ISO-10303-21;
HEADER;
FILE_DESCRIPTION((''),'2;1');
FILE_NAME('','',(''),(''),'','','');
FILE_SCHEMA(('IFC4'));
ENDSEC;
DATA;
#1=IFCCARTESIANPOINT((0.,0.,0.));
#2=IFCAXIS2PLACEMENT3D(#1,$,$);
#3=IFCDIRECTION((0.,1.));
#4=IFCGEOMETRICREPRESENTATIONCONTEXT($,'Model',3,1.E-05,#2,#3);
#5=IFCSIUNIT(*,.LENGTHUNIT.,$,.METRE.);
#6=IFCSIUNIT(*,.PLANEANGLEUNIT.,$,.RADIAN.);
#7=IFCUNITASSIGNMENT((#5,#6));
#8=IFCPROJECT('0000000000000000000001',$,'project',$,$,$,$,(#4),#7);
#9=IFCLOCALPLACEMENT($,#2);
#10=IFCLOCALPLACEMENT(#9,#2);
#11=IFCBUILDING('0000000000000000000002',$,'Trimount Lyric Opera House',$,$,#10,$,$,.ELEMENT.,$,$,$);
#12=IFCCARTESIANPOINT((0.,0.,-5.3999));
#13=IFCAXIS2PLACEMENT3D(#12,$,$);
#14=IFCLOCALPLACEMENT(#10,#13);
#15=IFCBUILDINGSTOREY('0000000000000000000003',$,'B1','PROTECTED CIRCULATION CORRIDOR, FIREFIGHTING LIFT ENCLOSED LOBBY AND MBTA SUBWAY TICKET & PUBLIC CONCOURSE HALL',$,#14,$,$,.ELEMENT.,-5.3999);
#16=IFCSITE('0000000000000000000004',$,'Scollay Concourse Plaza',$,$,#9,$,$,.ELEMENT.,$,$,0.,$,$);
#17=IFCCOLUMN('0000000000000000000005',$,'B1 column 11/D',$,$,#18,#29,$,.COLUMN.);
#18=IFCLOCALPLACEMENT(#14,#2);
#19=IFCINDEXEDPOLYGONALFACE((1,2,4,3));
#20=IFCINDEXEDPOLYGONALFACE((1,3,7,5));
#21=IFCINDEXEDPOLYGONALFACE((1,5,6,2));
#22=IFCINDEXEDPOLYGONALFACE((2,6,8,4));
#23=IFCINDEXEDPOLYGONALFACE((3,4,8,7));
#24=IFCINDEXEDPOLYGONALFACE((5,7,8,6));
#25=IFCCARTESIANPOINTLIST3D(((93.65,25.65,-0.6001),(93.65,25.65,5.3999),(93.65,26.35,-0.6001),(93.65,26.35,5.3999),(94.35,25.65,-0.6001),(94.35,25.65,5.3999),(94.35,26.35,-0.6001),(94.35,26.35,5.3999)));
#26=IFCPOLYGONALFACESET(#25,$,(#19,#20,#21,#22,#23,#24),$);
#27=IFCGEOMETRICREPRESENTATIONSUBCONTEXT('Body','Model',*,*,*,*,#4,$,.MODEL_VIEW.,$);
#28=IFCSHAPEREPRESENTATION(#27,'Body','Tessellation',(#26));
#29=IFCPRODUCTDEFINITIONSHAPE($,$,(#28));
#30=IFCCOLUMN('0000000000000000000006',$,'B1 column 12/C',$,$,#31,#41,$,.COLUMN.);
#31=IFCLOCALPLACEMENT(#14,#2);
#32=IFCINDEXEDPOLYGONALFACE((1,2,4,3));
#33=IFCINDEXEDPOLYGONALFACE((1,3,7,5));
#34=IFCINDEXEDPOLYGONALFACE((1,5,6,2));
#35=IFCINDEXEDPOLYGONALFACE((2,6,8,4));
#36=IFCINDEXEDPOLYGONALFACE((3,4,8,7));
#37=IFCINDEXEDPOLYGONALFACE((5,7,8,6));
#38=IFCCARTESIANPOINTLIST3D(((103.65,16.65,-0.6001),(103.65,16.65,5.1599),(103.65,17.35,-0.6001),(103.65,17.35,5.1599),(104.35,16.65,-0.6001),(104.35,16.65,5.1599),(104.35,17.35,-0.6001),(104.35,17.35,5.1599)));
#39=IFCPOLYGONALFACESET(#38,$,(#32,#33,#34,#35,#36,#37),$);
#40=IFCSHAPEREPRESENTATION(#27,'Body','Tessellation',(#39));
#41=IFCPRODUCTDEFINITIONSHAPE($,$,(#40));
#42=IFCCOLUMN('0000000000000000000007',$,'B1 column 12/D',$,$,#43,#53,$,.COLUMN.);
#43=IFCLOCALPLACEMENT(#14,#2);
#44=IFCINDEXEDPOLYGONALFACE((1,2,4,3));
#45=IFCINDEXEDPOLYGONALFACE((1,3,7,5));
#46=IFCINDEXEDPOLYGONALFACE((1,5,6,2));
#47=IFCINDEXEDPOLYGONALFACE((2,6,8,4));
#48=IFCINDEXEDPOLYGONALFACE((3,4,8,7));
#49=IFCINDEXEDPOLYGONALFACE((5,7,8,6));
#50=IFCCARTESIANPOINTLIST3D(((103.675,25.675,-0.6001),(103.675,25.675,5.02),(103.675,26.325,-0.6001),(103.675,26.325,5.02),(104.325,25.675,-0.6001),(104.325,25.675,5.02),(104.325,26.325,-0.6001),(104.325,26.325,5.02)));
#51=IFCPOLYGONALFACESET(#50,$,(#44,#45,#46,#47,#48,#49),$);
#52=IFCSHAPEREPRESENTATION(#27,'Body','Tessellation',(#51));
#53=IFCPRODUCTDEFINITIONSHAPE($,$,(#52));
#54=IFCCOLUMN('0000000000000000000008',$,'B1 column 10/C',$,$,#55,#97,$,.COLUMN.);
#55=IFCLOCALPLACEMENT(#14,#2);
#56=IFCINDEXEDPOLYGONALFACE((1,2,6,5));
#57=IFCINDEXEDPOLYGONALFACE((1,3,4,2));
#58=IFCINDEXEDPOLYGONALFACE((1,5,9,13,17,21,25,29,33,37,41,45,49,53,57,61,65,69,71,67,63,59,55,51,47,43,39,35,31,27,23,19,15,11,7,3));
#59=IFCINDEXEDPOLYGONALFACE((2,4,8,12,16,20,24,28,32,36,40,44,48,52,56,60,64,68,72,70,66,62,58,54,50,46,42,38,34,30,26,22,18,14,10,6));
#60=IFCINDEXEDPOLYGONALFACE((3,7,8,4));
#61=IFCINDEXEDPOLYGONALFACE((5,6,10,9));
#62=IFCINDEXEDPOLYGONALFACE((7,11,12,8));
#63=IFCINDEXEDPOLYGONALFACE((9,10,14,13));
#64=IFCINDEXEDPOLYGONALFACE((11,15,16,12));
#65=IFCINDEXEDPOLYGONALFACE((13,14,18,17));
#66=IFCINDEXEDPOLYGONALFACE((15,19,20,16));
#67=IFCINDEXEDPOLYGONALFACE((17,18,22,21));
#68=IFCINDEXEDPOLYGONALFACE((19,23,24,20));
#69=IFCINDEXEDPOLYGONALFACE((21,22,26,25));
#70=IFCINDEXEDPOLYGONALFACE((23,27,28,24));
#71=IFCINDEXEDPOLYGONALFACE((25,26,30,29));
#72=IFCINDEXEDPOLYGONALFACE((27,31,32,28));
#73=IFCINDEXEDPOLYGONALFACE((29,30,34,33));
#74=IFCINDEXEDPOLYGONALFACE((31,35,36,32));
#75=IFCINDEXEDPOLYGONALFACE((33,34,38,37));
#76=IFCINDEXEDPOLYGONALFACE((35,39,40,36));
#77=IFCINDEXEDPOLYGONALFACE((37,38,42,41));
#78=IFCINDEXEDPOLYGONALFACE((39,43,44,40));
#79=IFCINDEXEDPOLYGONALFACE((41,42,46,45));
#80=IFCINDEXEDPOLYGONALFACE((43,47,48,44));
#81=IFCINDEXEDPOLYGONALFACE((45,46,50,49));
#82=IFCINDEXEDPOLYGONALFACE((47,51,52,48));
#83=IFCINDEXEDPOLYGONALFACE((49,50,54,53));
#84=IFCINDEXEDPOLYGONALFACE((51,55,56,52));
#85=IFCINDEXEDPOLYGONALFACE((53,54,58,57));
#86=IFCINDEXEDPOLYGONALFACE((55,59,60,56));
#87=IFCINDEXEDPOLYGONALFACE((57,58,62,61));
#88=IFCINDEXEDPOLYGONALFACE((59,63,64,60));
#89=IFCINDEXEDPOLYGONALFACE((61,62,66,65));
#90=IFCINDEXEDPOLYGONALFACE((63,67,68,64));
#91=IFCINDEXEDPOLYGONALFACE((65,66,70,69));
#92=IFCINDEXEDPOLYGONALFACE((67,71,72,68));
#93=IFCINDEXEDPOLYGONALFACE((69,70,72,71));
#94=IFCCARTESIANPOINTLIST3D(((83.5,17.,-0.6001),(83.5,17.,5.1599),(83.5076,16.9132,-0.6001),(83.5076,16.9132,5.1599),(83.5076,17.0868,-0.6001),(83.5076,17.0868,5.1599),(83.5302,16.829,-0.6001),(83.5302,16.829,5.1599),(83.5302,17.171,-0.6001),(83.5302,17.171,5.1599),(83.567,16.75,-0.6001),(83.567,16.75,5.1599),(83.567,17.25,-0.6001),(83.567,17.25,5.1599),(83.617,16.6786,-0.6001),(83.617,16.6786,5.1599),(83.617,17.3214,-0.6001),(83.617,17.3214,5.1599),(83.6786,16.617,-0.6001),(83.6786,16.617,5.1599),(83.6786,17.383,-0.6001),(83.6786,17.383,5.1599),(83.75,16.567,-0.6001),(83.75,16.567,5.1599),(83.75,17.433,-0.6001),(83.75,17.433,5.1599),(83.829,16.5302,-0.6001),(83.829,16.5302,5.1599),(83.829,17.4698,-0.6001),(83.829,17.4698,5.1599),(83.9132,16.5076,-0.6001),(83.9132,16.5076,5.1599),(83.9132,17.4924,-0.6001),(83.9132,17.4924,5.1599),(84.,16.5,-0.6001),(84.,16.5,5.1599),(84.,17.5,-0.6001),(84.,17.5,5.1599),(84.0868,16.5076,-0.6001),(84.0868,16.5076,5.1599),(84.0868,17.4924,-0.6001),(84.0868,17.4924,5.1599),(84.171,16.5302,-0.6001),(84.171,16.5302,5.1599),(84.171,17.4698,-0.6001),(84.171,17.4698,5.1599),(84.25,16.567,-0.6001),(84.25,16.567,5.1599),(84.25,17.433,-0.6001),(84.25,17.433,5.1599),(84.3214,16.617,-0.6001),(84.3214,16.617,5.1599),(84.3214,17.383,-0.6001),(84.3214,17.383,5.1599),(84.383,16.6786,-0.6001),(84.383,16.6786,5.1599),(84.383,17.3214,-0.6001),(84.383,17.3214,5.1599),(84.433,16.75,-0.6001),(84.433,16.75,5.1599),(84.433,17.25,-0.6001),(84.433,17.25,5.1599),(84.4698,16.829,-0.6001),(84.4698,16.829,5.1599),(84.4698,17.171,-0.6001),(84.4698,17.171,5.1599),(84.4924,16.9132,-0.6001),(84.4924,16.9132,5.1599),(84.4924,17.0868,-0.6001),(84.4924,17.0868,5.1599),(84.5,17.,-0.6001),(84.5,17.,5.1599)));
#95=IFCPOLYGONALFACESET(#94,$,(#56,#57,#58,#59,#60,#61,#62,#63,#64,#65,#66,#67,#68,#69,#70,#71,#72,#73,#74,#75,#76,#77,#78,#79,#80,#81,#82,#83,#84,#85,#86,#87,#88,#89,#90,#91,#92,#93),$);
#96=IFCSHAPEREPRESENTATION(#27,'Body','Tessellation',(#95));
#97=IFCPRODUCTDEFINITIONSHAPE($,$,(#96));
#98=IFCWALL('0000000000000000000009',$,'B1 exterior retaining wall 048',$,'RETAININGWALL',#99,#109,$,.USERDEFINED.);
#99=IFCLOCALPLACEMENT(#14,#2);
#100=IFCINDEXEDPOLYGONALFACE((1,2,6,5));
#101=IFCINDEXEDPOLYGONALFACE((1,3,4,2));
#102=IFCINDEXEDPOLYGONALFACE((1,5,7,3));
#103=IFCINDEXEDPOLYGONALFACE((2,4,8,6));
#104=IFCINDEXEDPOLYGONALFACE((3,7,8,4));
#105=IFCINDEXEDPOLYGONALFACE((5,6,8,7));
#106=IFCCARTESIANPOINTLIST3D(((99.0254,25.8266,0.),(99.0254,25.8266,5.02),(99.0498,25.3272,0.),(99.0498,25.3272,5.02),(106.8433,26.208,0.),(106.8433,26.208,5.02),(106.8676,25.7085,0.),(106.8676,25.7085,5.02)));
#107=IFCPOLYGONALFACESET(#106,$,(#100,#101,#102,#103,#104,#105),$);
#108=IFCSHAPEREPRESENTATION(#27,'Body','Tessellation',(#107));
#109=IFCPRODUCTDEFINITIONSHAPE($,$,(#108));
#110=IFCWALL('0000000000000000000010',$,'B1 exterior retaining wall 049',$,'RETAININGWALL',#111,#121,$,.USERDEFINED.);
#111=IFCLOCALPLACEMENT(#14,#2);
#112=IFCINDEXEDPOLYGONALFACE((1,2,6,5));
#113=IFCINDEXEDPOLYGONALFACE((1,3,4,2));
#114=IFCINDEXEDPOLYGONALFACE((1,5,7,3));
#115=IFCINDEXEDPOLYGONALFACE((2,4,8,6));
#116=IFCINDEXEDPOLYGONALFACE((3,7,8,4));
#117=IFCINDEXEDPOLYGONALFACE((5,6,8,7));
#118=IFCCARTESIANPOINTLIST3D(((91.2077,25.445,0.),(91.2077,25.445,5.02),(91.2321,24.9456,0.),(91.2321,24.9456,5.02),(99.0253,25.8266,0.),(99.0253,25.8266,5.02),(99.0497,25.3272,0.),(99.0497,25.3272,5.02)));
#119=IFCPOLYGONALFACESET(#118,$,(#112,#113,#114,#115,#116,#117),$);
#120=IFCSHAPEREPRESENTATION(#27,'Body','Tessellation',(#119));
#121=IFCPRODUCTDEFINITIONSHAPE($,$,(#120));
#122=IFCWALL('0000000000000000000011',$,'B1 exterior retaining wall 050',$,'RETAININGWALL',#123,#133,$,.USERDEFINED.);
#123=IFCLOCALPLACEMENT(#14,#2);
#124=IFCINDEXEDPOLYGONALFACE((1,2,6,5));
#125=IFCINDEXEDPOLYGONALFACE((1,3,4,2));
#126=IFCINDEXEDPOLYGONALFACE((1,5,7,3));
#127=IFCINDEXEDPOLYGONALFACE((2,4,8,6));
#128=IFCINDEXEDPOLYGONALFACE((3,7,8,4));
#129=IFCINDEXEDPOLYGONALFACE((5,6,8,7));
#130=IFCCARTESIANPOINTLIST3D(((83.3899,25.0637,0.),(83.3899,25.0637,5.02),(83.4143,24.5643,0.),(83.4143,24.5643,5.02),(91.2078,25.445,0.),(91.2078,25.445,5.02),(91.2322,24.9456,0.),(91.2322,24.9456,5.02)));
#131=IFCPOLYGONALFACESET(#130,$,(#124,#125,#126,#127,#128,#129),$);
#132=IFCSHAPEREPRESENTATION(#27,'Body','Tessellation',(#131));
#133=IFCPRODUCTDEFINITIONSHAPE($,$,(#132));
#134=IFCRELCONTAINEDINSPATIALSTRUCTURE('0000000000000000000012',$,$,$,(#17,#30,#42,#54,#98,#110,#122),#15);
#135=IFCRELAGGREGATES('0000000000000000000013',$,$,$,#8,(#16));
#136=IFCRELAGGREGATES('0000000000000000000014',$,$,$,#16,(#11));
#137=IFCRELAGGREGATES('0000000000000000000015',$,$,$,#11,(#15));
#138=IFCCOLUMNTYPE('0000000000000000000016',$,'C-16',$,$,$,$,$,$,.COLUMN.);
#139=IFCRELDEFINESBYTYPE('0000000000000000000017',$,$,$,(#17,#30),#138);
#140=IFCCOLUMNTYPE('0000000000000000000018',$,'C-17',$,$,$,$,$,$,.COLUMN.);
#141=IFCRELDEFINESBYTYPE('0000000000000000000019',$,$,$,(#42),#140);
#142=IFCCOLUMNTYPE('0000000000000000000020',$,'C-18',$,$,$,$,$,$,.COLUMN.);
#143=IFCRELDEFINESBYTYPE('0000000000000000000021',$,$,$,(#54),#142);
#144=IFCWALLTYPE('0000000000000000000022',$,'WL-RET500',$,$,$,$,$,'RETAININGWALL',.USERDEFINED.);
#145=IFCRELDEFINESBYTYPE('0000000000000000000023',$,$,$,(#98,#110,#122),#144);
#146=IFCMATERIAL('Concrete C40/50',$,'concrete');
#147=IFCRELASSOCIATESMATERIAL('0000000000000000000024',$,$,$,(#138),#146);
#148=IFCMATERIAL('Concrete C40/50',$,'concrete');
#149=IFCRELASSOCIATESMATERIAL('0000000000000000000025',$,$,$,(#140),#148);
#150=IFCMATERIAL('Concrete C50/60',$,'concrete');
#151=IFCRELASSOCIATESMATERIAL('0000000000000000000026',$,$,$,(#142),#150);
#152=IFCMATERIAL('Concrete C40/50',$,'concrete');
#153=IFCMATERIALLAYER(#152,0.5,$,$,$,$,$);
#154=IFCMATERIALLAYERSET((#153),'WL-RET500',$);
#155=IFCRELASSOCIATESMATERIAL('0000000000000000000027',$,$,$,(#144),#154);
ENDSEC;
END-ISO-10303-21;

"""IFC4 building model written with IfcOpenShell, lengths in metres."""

from ifc_helpers import new_model, si_unit, direction, frame, frame_2d, origin, origin_2d, place, context, subcontext, project, spatial, rectangle, circle, extrude, material, layer, layer_set, material_profile, profile_set, type_object, element, save


model = new_model("IFC4")

# Units and contexts
model_context = context("Model", 3, precision=1e-05, world=origin(), true_north=direction((0.0, 1.0)))
body_context = subcontext(model_context, "Body", "Model", "MODEL_VIEW")
ifc_project = project(units=[si_unit("LENGTHUNIT", "METRE"), si_unit("PLANEANGLEUNIT", "RADIAN")], contexts=[model_context])

# Site, building, storey
site_placement = place(None, origin())
site = spatial("IfcSite", under=ifc_project, at=site_placement, Name="Scollay Concourse Plaza", CompositionType="ELEMENT", RefElevation=0.0)
building_placement = place(site_placement, origin())
building = spatial("IfcBuilding", under=site, at=building_placement, Name="Trimount Lyric Opera House", CompositionType="ELEMENT")
storey_placement = place(building_placement, frame((0.0, 0.0, -5.3999)))
storey = spatial("IfcBuildingStorey", under=building, at=storey_placement, Name="B1", Description="PROTECTED CIRCULATION CORRIDOR, FIREFIGHTING LIFT ENCLOSED LOBBY AND MBTA SUBWAY TICKET & PUBLIC CONCOURSE HALL", CompositionType="ELEMENT", Elevation=-5.3999)

# Columns
ifc_material_1 = material(Name="Concrete C40/50", Category="concrete")
ifc_material_profile_1 = material_profile(ifc_material_1, rectangle(XDim=0.7, YDim=0.7, at=origin_2d()), Name="RC700X700")
ifc_profile_set_1 = profile_set([ifc_material_profile_1], Name="Concrete C40/50")
column_type_1 = type_object("IfcColumnType", Name="C-16", PredefinedType="COLUMN", material=ifc_profile_set_1)
column_1_placement = place(storey_placement, frame((94.0, 26.0, -0.6001), z_axis=(0.0, 0.0, 1.0), x_axis=(1.0, 0.0, 0.0)))
element("IfcColumn", 1, at=column_1_placement, inside=storey, type_object=column_type_1, Name="B1 column 11/D", PredefinedType="COLUMN", context=body_context, shape_type="SweptSolid", body=[
    extrude(rectangle(XDim=0.7, YDim=0.7, at=origin_2d()), origin(), (0.0, 0.0, 1.0), 6.0),
])
column_2_placement = place(storey_placement, frame((104.0, 17.0, -0.6001), z_axis=(0.0, 0.0, 1.0), x_axis=(1.0, 0.0, 0.0)))
element("IfcColumn", 2, at=column_2_placement, inside=storey, type_object=column_type_1, Name="B1 column 12/C", PredefinedType="COLUMN", context=body_context, shape_type="SweptSolid", body=[
    extrude(rectangle(XDim=0.7, YDim=0.7, at=origin_2d()), origin(), (0.0, 0.0, 1.0), 5.76),
])
ifc_material_2 = material(Name="Concrete C40/50", Category="concrete")
ifc_material_profile_2 = material_profile(ifc_material_2, rectangle(XDim=0.6499, YDim=0.6499, at=origin_2d()), Name="RC650X650")
ifc_profile_set_2 = profile_set([ifc_material_profile_2], Name="Concrete C40/50")
column_type_2 = type_object("IfcColumnType", Name="C-17", PredefinedType="COLUMN", material=ifc_profile_set_2)
column_3_placement = place(storey_placement, frame((104.0, 26.0, -0.6001), z_axis=(0.0, 0.0, 1.0), x_axis=(1.0, 0.0, 0.0)))
element("IfcColumn", 3, at=column_3_placement, inside=storey, type_object=column_type_2, Name="B1 column 12/D", PredefinedType="COLUMN", context=body_context, shape_type="SweptSolid", body=[
    extrude(rectangle(XDim=0.6499, YDim=0.6499, at=origin_2d()), origin(), (0.0, 0.0, 1.0), 5.6201),
])
ifc_material_3 = material(Name="Concrete C50/60", Category="concrete")
ifc_material_profile_3 = material_profile(ifc_material_3, circle(Radius=0.5, at=origin_2d()), Name="RC-D1000")
ifc_profile_set_3 = profile_set([ifc_material_profile_3], Name="Concrete C50/60")
column_type_3 = type_object("IfcColumnType", Name="C-18", PredefinedType="COLUMN", material=ifc_profile_set_3)
column_4_placement = place(storey_placement, frame((84.0, 17.0, -0.6001), z_axis=(0.0, 0.0, 1.0), x_axis=(1.0, 0.0, 0.0)))
element("IfcColumn", 4, at=column_4_placement, inside=storey, type_object=column_type_3, Name="B1 column 10/C", PredefinedType="COLUMN", context=body_context, shape_type="SweptSolid", body=[
    extrude(circle(Radius=0.5, at=origin_2d()), origin(), (0.0, 0.0, 1.0), 5.76),
])

# Walls
ifc_material_4 = material(Name="Concrete C40/50", Category="concrete")
ifc_layer = layer(ifc_material_4, 0.5)
ifc_layer_set = layer_set([ifc_layer], Name="WL-RET500")
wall_type = type_object("IfcWallType", Name="WL-RET500", ElementType="RETAININGWALL", PredefinedType="USERDEFINED", material=ifc_layer_set)
wall_1_placement = place(storey_placement, frame((106.8555, 25.9583, 0.0), z_axis=(0.0, 0.0, 1.0), x_axis=(-0.998812, -0.048721, 0.0)))
element("IfcWall", 5, at=wall_1_placement, inside=storey, type_object=wall_type, Name="B1 exterior retaining wall 048", ObjectType="RETAININGWALL", PredefinedType="USERDEFINED", context=body_context, shape_type="SweptSolid", body=[
    extrude(rectangle(XDim=7.8271, YDim=0.5, at=frame_2d((3.9136, 0.0))), origin(), (0.0, 0.0, 1.0), 5.02),
])
wall_2_placement = place(storey_placement, frame((99.0376, 25.5769, 0.0), z_axis=(0.0, 0.0, 1.0), x_axis=(-0.998811, -0.048754, 0.0)))
element("IfcWall", 6, at=wall_2_placement, inside=storey, type_object=wall_type, Name="B1 exterior retaining wall 049", ObjectType="RETAININGWALL", PredefinedType="USERDEFINED", context=body_context, shape_type="SweptSolid", body=[
    extrude(rectangle(XDim=7.8269, YDim=0.5, at=frame_2d((3.9136, 0.0))), origin(), (0.0, 0.0, 1.0), 5.02),
])
wall_3_placement = place(storey_placement, frame((91.22, 25.1953, 0.0), z_axis=(0.0, 0.0, 1.0), x_axis=(-0.998812, -0.048721, 0.0)))
element("IfcWall", 7, at=wall_3_placement, inside=storey, type_object=wall_type, Name="B1 exterior retaining wall 050", ObjectType="RETAININGWALL", PredefinedType="USERDEFINED", context=body_context, shape_type="SweptSolid", body=[
    extrude(rectangle(XDim=7.8271, YDim=0.5, at=frame_2d((3.9136, 0.0))), origin(), (0.0, 0.0, 1.0), 5.02),
])

save(model, "model.ifc")
